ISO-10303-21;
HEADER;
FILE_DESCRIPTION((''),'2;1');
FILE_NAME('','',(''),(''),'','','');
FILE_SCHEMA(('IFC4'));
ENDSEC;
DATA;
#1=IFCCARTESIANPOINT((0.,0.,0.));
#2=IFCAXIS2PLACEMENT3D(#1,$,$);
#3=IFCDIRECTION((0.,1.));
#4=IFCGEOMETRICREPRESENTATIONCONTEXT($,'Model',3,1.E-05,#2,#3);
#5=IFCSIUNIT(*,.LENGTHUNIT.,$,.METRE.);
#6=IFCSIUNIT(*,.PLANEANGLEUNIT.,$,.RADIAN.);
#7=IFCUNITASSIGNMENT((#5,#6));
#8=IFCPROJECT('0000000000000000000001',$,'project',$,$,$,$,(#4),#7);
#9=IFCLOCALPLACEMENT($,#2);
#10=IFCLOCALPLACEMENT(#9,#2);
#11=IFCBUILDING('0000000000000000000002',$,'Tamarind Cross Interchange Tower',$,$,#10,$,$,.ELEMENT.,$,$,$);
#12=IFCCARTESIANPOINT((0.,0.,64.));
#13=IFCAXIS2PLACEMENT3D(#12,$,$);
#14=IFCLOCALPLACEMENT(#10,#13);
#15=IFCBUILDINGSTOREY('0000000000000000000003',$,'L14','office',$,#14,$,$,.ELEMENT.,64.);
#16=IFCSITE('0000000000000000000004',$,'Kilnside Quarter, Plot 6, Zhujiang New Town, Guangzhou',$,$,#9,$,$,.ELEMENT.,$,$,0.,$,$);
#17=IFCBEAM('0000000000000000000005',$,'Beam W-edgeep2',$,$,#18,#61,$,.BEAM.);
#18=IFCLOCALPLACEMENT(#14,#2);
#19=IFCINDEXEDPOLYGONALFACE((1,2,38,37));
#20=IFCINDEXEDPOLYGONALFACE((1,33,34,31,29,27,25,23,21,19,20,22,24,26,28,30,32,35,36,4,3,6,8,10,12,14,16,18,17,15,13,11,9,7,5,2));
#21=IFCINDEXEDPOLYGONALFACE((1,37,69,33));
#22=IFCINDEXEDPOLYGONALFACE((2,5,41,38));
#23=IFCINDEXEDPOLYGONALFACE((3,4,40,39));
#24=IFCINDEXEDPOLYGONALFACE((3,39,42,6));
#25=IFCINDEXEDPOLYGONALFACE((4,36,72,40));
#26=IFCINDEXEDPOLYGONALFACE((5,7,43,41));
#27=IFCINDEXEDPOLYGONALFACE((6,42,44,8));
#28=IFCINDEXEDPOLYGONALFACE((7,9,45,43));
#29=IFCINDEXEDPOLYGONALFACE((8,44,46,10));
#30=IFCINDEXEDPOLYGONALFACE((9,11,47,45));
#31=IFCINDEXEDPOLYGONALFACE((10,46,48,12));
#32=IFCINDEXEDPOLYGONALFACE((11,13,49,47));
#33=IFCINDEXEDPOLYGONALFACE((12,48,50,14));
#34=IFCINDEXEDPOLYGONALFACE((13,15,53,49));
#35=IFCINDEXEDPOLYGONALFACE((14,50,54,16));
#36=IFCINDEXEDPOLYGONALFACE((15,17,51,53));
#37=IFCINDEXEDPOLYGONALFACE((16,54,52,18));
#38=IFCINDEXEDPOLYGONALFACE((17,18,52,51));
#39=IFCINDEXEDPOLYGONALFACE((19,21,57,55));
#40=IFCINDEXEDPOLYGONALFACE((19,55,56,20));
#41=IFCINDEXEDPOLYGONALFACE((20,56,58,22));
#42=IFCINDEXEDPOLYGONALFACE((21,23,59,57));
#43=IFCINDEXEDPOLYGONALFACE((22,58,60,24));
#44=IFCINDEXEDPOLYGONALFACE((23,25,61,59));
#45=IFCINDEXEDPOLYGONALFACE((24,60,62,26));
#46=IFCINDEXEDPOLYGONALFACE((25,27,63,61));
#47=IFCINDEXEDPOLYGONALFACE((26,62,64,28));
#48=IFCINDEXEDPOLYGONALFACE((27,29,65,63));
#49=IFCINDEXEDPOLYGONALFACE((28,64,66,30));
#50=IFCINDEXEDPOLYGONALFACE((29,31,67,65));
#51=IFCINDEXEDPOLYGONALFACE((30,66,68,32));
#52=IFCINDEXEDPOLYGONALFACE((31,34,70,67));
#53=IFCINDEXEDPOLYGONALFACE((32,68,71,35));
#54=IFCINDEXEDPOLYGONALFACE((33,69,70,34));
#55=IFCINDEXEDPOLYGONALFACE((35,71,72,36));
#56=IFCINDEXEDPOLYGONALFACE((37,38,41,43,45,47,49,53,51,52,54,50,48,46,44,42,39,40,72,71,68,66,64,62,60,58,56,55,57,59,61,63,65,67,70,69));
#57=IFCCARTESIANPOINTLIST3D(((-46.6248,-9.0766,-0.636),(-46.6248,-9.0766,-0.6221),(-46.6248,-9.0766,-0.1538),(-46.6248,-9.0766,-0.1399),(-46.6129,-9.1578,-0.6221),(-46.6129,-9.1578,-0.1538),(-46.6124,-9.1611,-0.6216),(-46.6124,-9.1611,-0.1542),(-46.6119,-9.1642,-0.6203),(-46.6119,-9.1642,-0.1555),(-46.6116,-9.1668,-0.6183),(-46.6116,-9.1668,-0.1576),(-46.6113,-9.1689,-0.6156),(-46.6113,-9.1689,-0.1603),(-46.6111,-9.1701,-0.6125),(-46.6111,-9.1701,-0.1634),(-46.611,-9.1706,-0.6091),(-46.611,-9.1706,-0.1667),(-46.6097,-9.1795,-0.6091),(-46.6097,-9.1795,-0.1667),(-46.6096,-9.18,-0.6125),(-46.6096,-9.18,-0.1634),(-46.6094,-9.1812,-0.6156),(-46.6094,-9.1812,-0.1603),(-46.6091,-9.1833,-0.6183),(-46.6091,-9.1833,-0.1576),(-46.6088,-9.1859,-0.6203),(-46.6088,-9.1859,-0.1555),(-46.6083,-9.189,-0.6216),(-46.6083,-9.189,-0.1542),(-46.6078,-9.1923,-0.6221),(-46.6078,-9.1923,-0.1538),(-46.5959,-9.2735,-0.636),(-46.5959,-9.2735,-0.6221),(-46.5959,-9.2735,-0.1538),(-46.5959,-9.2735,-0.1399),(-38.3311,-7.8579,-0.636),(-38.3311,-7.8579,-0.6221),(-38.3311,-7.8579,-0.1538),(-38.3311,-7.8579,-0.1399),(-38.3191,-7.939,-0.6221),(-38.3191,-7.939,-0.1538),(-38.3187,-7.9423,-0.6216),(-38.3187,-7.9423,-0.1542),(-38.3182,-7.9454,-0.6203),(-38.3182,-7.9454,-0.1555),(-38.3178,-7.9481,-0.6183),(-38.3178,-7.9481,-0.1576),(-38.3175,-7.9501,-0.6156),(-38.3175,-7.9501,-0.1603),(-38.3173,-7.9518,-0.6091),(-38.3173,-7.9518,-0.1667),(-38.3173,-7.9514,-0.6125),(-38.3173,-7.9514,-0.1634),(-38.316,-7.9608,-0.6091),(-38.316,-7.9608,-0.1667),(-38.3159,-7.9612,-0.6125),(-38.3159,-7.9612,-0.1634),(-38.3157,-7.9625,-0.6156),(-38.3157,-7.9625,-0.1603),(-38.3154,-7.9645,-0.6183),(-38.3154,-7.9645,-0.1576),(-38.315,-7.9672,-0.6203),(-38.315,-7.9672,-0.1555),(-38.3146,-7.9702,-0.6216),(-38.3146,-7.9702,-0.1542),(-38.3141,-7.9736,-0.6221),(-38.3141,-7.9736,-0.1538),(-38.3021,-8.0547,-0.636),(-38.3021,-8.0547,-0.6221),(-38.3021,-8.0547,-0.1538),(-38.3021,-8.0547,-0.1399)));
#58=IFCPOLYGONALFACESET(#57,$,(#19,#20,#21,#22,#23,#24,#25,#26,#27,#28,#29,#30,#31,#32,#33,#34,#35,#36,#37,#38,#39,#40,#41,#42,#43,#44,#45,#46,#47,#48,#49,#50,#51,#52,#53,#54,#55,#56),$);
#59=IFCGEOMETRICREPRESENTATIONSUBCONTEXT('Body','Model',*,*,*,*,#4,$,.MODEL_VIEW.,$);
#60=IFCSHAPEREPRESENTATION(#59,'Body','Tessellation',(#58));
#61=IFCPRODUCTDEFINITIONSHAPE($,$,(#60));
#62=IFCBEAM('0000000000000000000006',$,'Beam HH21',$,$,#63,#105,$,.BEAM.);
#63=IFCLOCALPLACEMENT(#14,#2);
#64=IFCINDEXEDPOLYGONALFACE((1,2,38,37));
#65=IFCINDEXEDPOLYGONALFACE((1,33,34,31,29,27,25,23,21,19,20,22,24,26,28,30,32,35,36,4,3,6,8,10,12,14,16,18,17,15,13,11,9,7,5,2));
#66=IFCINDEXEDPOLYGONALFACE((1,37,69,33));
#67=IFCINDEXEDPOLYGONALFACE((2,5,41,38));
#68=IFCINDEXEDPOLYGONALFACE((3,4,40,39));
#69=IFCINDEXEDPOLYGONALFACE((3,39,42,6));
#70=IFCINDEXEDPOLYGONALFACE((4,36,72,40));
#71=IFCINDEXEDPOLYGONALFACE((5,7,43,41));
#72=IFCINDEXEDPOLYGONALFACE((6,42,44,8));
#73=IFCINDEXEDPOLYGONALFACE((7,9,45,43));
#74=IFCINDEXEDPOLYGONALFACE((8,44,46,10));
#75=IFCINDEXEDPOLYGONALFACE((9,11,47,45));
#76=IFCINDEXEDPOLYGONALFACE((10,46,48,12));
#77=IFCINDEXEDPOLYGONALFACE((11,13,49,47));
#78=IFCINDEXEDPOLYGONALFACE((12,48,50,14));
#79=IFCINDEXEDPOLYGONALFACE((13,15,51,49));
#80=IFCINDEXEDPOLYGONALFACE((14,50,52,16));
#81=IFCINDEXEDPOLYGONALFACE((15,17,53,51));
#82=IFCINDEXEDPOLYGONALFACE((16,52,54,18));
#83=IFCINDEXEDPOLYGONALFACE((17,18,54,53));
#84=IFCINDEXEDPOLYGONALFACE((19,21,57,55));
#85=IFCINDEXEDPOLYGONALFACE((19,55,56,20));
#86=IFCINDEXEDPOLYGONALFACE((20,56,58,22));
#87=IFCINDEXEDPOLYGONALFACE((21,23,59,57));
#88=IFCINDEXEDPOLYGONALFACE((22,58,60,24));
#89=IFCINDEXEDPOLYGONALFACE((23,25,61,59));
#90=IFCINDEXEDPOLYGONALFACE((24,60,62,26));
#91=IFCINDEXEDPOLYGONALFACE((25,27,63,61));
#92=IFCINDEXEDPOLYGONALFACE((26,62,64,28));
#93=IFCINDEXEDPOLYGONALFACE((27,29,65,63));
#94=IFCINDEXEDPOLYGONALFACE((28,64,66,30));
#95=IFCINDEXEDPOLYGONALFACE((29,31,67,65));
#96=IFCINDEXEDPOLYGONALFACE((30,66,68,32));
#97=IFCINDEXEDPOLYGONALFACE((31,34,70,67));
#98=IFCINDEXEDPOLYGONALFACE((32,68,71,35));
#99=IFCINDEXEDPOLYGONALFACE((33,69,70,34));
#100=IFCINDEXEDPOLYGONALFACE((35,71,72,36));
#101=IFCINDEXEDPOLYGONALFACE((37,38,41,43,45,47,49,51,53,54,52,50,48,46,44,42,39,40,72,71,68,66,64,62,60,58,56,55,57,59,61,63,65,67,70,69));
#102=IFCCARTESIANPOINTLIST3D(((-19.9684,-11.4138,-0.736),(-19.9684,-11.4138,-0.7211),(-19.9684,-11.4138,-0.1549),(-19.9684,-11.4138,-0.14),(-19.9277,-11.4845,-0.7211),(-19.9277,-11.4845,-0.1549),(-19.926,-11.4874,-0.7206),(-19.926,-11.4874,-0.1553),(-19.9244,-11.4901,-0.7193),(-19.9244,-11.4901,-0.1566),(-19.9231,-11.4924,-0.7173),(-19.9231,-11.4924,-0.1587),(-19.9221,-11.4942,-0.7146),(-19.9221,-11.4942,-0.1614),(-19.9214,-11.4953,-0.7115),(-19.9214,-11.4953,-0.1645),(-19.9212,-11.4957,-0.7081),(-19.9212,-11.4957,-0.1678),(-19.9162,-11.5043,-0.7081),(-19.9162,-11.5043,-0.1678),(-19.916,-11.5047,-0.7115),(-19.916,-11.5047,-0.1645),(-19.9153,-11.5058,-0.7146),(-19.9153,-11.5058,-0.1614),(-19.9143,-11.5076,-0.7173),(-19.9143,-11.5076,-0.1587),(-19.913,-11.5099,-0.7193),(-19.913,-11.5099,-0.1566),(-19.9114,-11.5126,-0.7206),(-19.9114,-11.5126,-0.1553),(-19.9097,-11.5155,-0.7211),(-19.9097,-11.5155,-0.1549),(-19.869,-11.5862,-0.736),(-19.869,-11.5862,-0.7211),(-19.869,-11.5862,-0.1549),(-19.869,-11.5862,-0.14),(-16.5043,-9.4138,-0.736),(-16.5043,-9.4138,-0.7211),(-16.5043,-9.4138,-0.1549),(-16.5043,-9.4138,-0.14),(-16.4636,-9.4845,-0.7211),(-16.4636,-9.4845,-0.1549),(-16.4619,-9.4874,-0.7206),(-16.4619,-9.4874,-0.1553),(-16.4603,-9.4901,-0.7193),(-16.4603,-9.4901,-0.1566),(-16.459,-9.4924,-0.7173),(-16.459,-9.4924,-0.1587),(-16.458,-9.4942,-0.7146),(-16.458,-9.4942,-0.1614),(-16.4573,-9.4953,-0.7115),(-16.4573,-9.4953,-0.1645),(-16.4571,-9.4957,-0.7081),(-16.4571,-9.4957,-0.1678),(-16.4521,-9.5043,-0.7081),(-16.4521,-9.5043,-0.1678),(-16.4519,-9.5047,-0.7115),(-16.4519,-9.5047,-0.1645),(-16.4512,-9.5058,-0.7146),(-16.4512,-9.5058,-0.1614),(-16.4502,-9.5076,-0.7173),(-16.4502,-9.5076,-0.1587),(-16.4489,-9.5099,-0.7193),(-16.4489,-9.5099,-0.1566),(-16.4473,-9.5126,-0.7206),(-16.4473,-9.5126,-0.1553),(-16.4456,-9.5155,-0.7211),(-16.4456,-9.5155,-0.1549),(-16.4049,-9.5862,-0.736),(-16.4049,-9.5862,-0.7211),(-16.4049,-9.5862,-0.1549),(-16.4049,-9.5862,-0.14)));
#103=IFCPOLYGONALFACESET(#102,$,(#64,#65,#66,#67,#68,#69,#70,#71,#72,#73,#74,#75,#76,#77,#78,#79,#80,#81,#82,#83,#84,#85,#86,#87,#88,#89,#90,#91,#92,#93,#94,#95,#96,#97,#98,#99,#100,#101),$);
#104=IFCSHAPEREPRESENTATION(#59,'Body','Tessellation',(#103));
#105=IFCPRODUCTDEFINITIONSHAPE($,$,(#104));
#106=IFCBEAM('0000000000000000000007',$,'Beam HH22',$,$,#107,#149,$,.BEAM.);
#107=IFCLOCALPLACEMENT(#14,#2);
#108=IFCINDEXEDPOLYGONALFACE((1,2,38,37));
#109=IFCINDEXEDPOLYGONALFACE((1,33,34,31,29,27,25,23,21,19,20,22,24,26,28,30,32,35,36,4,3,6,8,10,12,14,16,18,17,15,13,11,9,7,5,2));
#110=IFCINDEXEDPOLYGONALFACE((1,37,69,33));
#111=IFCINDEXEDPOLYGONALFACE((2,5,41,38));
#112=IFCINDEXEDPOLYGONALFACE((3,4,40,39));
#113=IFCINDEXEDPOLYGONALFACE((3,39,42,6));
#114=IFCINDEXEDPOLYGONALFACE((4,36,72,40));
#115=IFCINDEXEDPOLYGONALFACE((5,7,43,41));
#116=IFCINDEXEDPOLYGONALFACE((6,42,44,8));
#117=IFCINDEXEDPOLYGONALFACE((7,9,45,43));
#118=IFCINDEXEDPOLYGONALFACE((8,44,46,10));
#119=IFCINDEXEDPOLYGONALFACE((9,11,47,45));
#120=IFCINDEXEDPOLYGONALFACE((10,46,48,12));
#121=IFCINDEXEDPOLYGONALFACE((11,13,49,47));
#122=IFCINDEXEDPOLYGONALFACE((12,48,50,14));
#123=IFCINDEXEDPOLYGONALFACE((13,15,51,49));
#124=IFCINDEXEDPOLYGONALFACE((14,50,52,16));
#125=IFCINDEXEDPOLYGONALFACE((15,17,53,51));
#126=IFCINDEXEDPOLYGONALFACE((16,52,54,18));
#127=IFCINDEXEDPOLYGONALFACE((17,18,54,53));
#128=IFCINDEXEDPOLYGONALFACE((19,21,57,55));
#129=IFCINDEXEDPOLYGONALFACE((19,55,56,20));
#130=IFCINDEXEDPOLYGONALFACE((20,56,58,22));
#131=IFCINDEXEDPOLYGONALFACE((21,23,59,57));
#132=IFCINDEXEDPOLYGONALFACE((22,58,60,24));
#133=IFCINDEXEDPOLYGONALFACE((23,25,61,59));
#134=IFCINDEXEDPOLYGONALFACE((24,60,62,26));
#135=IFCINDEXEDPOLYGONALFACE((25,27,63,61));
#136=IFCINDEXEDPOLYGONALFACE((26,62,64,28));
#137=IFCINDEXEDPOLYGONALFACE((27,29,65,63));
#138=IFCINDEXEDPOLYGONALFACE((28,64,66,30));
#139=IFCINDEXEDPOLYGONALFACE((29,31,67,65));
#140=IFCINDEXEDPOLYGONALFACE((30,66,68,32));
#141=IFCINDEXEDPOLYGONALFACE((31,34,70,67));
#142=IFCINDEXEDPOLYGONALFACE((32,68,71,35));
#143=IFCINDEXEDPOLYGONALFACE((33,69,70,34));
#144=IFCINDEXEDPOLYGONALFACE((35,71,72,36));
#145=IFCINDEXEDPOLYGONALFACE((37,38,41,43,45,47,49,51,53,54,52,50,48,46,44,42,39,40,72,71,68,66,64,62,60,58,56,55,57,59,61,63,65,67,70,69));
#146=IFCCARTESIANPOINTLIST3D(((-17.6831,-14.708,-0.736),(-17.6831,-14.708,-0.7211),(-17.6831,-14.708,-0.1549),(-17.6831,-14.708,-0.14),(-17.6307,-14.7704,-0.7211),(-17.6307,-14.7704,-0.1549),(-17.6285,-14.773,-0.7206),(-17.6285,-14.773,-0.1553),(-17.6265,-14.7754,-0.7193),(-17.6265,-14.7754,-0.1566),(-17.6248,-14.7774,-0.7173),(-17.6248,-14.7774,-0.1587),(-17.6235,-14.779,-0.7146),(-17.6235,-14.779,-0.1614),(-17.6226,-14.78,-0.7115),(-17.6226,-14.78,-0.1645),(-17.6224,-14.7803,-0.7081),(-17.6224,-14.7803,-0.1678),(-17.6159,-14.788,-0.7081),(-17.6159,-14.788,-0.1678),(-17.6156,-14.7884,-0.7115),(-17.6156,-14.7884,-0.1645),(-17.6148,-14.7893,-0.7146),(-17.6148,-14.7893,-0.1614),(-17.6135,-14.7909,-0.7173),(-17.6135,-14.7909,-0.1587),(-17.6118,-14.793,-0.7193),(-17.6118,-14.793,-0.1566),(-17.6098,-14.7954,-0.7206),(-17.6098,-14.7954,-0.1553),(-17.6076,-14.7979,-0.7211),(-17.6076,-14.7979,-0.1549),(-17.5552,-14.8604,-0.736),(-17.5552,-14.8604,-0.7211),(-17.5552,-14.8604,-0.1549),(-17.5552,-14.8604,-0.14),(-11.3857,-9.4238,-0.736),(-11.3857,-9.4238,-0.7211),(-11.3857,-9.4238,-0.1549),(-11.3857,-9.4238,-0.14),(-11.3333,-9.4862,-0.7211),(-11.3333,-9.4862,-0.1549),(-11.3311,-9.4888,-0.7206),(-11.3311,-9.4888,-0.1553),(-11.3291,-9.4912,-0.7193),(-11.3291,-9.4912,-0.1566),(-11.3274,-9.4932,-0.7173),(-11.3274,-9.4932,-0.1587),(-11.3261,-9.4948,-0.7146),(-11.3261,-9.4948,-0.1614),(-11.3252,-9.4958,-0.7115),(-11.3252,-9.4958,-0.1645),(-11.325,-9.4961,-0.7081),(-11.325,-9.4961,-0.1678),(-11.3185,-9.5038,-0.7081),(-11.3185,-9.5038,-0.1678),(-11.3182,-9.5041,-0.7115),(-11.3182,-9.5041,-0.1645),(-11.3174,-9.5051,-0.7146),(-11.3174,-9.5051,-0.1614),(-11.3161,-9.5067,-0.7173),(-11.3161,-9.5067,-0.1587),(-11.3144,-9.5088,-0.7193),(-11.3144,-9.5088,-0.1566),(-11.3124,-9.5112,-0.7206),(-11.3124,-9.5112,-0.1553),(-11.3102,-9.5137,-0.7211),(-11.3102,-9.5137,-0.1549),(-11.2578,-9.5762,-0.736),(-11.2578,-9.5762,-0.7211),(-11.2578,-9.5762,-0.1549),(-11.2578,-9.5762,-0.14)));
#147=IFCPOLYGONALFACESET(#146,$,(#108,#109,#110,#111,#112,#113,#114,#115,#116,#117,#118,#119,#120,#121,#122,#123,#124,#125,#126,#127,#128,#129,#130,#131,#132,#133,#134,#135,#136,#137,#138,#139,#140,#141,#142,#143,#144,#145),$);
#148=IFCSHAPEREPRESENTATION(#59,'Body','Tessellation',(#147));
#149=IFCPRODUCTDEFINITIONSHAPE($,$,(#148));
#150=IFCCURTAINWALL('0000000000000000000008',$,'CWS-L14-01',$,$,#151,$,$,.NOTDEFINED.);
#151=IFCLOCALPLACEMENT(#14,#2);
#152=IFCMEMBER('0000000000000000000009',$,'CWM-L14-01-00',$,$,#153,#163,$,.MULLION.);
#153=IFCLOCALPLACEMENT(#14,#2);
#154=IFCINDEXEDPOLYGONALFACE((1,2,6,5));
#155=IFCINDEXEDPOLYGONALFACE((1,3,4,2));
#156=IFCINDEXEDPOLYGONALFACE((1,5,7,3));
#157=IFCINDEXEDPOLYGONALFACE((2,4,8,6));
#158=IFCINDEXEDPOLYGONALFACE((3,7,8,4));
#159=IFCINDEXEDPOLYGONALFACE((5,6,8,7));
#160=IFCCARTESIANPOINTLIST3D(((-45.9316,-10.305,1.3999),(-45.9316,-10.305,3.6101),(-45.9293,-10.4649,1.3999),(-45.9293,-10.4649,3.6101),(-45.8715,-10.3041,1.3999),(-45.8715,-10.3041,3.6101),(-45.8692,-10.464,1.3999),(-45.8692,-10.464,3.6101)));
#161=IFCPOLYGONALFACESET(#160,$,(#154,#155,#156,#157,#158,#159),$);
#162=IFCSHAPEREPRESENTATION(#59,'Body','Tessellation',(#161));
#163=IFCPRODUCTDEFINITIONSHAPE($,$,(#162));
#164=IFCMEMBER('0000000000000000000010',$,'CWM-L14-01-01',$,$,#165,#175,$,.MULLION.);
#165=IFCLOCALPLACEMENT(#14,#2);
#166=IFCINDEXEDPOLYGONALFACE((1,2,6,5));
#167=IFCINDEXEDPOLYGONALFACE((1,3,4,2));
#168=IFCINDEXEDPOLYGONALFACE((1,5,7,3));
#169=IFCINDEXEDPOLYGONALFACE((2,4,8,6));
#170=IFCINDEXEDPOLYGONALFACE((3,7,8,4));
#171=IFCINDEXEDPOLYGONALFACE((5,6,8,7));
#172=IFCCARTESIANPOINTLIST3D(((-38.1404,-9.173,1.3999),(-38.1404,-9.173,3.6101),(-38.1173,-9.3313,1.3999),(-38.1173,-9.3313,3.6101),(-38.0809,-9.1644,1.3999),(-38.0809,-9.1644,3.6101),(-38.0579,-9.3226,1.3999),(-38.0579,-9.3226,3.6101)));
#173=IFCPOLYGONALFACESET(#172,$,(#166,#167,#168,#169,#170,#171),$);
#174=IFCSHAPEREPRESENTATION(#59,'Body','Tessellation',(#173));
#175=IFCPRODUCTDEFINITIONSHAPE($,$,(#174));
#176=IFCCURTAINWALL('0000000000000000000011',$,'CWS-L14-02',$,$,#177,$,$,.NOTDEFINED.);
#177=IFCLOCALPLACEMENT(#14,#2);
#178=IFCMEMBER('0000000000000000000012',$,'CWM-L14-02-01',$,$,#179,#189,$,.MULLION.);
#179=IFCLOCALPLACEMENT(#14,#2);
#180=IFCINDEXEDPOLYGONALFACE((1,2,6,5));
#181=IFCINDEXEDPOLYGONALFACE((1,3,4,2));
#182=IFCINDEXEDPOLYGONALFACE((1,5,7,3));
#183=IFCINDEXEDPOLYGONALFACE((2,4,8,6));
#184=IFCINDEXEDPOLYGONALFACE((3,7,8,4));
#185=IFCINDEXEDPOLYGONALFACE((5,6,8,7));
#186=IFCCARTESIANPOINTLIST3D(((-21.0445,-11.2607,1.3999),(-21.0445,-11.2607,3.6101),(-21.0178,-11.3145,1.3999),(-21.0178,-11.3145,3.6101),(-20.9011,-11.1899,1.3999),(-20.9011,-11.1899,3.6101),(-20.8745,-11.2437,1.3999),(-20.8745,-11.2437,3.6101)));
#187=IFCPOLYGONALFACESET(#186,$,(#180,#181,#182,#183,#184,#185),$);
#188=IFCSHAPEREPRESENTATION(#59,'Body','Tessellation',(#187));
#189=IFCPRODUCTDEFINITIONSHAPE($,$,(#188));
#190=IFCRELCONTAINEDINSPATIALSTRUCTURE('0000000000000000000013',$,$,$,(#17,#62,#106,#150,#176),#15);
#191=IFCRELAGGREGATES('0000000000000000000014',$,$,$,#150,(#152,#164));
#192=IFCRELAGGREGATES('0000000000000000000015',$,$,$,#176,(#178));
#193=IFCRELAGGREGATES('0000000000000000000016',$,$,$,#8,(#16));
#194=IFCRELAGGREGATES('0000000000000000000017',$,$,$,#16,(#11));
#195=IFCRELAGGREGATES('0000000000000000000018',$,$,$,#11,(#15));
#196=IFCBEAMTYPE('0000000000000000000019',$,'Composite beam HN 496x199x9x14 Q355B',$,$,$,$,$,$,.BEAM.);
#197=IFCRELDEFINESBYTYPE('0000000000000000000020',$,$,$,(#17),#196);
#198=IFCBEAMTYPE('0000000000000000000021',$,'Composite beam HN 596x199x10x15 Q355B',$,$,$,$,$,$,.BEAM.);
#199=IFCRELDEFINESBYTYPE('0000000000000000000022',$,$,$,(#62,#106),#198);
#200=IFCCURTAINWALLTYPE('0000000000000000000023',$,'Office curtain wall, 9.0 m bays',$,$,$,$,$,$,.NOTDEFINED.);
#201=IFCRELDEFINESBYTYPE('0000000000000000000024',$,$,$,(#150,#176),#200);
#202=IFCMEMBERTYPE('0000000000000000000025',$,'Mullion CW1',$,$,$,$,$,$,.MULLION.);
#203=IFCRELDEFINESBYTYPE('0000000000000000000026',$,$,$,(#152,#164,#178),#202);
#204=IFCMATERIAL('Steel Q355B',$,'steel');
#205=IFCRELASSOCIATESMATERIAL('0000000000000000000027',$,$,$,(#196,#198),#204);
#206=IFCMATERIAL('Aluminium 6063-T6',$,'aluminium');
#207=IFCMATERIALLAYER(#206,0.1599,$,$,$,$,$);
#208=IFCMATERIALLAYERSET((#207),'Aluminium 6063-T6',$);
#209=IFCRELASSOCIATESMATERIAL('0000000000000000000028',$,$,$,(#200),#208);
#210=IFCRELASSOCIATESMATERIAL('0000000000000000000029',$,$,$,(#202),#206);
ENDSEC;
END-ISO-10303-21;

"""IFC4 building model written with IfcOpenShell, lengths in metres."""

from ifc_helpers import new_model, si_unit, direction, frame, origin, origin_2d, place, context, subcontext, project, spatial, rectangle, i_section, extrude, material, layer, layer_set, material_profile, profile_set, type_object, element, aggregate, save


model = new_model("IFC4")

# Units and contexts
model_context = context("Model", 3, precision=1e-05, world=origin(), true_north=direction((0.0, 1.0)))
body_context = subcontext(model_context, "Body", "Model", "MODEL_VIEW")
ifc_project = project(units=[si_unit("LENGTHUNIT", "METRE"), si_unit("PLANEANGLEUNIT", "RADIAN")], contexts=[model_context])

# Site, building, storey
site_placement = place(None, origin())
site = spatial("IfcSite", under=ifc_project, at=site_placement, Name="Kilnside Quarter, Plot 6, Zhujiang New Town, Guangzhou", CompositionType="ELEMENT", RefElevation=0.0)
building_placement = place(site_placement, origin())
building = spatial("IfcBuilding", under=site, at=building_placement, Name="Tamarind Cross Interchange Tower", CompositionType="ELEMENT")
storey_placement = place(building_placement, frame((0.0, 0.0, 64.0)))
storey = spatial("IfcBuildingStorey", under=building, at=storey_placement, Name="L14", Description="office", CompositionType="ELEMENT", Elevation=64.0)

# Beams
ifc_material_1 = material(Name="Steel Q355B", Category="steel")
ifc_material_profile_1 = material_profile(ifc_material_1, i_section(OverallWidth=0.199, OverallDepth=0.4961, WebThickness=0.009, FlangeThickness=0.0139, FilletRadius=0.0129, at=origin_2d()), Name="HN 496x199x9x14")
ifc_profile_set_1 = profile_set([ifc_material_profile_1], Name="Steel Q355B")
beam_type_1 = type_object("IfcBeamType", Name="Composite beam HN 496x199x9x14 Q355B", PredefinedType="BEAM", material=ifc_profile_set_1)
beam_1_placement = place(storey_placement, frame((-46.6104, -9.175, -0.3879), z_axis=(0.989375, 0.145388, 0.0), x_axis=(-0.145388, 0.989375, 0.0)))
element("IfcBeam", 1, at=beam_1_placement, inside=storey, type_object=beam_type_1, Name="Beam W-edgeep2", PredefinedType="BEAM", context=body_context, shape_type="SweptSolid", body=[
    extrude(i_section(OverallWidth=0.199, OverallDepth=0.4961, WebThickness=0.009, FlangeThickness=0.0139, FilletRadius=0.0129, at=origin_2d()), origin(), (0.0, 0.0, 1.0), 8.3828),
])
ifc_material_profile_2 = material_profile(ifc_material_1, i_section(OverallWidth=0.199, OverallDepth=0.5959, WebThickness=0.01, FlangeThickness=0.0149, FilletRadius=0.0129, at=origin_2d()), Name="HN 596x199x10x15")
ifc_profile_set_2 = profile_set([ifc_material_profile_2], Name="Steel Q355B")
beam_type_2 = type_object("IfcBeamType", Name="Composite beam HN 596x199x10x15 Q355B", PredefinedType="BEAM", material=ifc_profile_set_2)
beam_2_placement = place(storey_placement, frame((-19.9187, -11.5, -0.438), z_axis=(0.866026, 0.499999, 0.0), x_axis=(-0.499999, 0.866026, 0.0)))
element("IfcBeam", 2, at=beam_2_placement, inside=storey, type_object=beam_type_2, Name="Beam HH21", PredefinedType="BEAM", context=body_context, shape_type="SweptSolid", body=[
    extrude(i_section(OverallWidth=0.199, OverallDepth=0.5959, WebThickness=0.01, FlangeThickness=0.0149, FilletRadius=0.0129, at=origin_2d()), origin(), (0.0, 0.0, 1.0), 4.0),
])
beam_3_placement = place(storey_placement, frame((-17.6191, -14.7842, -0.438), z_axis=(0.766041, 0.642792, 0.0), x_axis=(-0.642792, 0.766041, 0.0)))
element("IfcBeam", 3, at=beam_3_placement, inside=storey, type_object=beam_type_2, Name="Beam HH22", PredefinedType="BEAM", context=body_context, shape_type="SweptSolid", body=[
    extrude(i_section(OverallWidth=0.199, OverallDepth=0.5959, WebThickness=0.01, FlangeThickness=0.0149, FilletRadius=0.0129, at=origin_2d()), origin(), (0.0, 0.0, 1.0), 8.2207),
])

# Curtain wall, members
ifc_material_2 = material(Name="Aluminium 6063-T6", Category="aluminium")
ifc_layer_1 = layer(ifc_material_2, 0.1599)
ifc_layer_set_1 = layer_set([ifc_layer_1], Name="Aluminium 6063-T6")
curtain_wall_type = type_object("IfcCurtainWallType", Name="Office curtain wall, 9.0 m bays", PredefinedType="NOTDEFINED", material=ifc_layer_set_1)
curtain_wall_1_placement = place(storey_placement, origin())
curtain_wall_1 = element("IfcCurtainWall", 4, at=curtain_wall_1_placement, inside=storey, type_object=curtain_wall_type, Name="CWS-L14-01", PredefinedType="NOTDEFINED")
ifc_material_profile_3 = material_profile(ifc_material_2, rectangle(XDim=0.0601, YDim=0.1599, at=origin_2d()), Name="Mullion CW1")
ifc_profile_set_3 = profile_set([ifc_material_profile_3], Name="Aluminium 6063-T6")
member_type = type_object("IfcMemberType", Name="Mullion CW1", PredefinedType="MULLION", material=ifc_profile_set_3)
member_1_placement = place(storey_placement, frame((-45.9004, -10.3845, 1.3999), z_axis=(0.0, 0.0, 1.0), x_axis=(0.999897, 0.014386, 0.0)))
member_1 = element("IfcMember", 5, at=member_1_placement, type_object=member_type, Name="CWM-L14-01-00", PredefinedType="MULLION", context=body_context, shape_type="SweptSolid", body=[
    extrude(rectangle(XDim=0.0601, YDim=0.1599, at=origin_2d()), origin(), (0.0, 0.0, 1.0), 2.2102),
])
member_2_placement = place(storey_placement, frame((-38.0991, -9.2478, 1.3999), z_axis=(0.0, 0.0, 1.0), x_axis=(0.98955, 0.144187, 0.0)))
member_2 = element("IfcMember", 6, at=member_2_placement, type_object=member_type, Name="CWM-L14-01-01", PredefinedType="MULLION", context=body_context, shape_type="SweptSolid", body=[
    extrude(rectangle(XDim=0.0601, YDim=0.1599, at=origin_2d()), origin(), (0.0, 0.0, 1.0), 2.2102),
])
aggregate(curtain_wall_1, [member_1, member_2])

# Curtain wall, member
curtain_wall_2_placement = place(storey_placement, origin())
curtain_wall_2 = element("IfcCurtainWall", 7, at=curtain_wall_2_placement, inside=storey, type_object=curtain_wall_type, Name="CWS-L14-02", PredefinedType="NOTDEFINED")
member_3_placement = place(storey_placement, frame((-20.9595, -11.2522, 1.3999), z_axis=(0.0, 0.0, 1.0), x_axis=(0.443059, -0.896493, 0.0)))
member_3 = element("IfcMember", 8, at=member_3_placement, type_object=member_type, Name="CWM-L14-02-01", PredefinedType="MULLION", context=body_context, shape_type="SweptSolid", body=[
    extrude(rectangle(XDim=0.0601, YDim=0.1599, at=origin_2d()), origin(), (0.0, 0.0, 1.0), 2.2102),
])
aggregate(curtain_wall_2, [member_3])

save(model, "model.ifc")
